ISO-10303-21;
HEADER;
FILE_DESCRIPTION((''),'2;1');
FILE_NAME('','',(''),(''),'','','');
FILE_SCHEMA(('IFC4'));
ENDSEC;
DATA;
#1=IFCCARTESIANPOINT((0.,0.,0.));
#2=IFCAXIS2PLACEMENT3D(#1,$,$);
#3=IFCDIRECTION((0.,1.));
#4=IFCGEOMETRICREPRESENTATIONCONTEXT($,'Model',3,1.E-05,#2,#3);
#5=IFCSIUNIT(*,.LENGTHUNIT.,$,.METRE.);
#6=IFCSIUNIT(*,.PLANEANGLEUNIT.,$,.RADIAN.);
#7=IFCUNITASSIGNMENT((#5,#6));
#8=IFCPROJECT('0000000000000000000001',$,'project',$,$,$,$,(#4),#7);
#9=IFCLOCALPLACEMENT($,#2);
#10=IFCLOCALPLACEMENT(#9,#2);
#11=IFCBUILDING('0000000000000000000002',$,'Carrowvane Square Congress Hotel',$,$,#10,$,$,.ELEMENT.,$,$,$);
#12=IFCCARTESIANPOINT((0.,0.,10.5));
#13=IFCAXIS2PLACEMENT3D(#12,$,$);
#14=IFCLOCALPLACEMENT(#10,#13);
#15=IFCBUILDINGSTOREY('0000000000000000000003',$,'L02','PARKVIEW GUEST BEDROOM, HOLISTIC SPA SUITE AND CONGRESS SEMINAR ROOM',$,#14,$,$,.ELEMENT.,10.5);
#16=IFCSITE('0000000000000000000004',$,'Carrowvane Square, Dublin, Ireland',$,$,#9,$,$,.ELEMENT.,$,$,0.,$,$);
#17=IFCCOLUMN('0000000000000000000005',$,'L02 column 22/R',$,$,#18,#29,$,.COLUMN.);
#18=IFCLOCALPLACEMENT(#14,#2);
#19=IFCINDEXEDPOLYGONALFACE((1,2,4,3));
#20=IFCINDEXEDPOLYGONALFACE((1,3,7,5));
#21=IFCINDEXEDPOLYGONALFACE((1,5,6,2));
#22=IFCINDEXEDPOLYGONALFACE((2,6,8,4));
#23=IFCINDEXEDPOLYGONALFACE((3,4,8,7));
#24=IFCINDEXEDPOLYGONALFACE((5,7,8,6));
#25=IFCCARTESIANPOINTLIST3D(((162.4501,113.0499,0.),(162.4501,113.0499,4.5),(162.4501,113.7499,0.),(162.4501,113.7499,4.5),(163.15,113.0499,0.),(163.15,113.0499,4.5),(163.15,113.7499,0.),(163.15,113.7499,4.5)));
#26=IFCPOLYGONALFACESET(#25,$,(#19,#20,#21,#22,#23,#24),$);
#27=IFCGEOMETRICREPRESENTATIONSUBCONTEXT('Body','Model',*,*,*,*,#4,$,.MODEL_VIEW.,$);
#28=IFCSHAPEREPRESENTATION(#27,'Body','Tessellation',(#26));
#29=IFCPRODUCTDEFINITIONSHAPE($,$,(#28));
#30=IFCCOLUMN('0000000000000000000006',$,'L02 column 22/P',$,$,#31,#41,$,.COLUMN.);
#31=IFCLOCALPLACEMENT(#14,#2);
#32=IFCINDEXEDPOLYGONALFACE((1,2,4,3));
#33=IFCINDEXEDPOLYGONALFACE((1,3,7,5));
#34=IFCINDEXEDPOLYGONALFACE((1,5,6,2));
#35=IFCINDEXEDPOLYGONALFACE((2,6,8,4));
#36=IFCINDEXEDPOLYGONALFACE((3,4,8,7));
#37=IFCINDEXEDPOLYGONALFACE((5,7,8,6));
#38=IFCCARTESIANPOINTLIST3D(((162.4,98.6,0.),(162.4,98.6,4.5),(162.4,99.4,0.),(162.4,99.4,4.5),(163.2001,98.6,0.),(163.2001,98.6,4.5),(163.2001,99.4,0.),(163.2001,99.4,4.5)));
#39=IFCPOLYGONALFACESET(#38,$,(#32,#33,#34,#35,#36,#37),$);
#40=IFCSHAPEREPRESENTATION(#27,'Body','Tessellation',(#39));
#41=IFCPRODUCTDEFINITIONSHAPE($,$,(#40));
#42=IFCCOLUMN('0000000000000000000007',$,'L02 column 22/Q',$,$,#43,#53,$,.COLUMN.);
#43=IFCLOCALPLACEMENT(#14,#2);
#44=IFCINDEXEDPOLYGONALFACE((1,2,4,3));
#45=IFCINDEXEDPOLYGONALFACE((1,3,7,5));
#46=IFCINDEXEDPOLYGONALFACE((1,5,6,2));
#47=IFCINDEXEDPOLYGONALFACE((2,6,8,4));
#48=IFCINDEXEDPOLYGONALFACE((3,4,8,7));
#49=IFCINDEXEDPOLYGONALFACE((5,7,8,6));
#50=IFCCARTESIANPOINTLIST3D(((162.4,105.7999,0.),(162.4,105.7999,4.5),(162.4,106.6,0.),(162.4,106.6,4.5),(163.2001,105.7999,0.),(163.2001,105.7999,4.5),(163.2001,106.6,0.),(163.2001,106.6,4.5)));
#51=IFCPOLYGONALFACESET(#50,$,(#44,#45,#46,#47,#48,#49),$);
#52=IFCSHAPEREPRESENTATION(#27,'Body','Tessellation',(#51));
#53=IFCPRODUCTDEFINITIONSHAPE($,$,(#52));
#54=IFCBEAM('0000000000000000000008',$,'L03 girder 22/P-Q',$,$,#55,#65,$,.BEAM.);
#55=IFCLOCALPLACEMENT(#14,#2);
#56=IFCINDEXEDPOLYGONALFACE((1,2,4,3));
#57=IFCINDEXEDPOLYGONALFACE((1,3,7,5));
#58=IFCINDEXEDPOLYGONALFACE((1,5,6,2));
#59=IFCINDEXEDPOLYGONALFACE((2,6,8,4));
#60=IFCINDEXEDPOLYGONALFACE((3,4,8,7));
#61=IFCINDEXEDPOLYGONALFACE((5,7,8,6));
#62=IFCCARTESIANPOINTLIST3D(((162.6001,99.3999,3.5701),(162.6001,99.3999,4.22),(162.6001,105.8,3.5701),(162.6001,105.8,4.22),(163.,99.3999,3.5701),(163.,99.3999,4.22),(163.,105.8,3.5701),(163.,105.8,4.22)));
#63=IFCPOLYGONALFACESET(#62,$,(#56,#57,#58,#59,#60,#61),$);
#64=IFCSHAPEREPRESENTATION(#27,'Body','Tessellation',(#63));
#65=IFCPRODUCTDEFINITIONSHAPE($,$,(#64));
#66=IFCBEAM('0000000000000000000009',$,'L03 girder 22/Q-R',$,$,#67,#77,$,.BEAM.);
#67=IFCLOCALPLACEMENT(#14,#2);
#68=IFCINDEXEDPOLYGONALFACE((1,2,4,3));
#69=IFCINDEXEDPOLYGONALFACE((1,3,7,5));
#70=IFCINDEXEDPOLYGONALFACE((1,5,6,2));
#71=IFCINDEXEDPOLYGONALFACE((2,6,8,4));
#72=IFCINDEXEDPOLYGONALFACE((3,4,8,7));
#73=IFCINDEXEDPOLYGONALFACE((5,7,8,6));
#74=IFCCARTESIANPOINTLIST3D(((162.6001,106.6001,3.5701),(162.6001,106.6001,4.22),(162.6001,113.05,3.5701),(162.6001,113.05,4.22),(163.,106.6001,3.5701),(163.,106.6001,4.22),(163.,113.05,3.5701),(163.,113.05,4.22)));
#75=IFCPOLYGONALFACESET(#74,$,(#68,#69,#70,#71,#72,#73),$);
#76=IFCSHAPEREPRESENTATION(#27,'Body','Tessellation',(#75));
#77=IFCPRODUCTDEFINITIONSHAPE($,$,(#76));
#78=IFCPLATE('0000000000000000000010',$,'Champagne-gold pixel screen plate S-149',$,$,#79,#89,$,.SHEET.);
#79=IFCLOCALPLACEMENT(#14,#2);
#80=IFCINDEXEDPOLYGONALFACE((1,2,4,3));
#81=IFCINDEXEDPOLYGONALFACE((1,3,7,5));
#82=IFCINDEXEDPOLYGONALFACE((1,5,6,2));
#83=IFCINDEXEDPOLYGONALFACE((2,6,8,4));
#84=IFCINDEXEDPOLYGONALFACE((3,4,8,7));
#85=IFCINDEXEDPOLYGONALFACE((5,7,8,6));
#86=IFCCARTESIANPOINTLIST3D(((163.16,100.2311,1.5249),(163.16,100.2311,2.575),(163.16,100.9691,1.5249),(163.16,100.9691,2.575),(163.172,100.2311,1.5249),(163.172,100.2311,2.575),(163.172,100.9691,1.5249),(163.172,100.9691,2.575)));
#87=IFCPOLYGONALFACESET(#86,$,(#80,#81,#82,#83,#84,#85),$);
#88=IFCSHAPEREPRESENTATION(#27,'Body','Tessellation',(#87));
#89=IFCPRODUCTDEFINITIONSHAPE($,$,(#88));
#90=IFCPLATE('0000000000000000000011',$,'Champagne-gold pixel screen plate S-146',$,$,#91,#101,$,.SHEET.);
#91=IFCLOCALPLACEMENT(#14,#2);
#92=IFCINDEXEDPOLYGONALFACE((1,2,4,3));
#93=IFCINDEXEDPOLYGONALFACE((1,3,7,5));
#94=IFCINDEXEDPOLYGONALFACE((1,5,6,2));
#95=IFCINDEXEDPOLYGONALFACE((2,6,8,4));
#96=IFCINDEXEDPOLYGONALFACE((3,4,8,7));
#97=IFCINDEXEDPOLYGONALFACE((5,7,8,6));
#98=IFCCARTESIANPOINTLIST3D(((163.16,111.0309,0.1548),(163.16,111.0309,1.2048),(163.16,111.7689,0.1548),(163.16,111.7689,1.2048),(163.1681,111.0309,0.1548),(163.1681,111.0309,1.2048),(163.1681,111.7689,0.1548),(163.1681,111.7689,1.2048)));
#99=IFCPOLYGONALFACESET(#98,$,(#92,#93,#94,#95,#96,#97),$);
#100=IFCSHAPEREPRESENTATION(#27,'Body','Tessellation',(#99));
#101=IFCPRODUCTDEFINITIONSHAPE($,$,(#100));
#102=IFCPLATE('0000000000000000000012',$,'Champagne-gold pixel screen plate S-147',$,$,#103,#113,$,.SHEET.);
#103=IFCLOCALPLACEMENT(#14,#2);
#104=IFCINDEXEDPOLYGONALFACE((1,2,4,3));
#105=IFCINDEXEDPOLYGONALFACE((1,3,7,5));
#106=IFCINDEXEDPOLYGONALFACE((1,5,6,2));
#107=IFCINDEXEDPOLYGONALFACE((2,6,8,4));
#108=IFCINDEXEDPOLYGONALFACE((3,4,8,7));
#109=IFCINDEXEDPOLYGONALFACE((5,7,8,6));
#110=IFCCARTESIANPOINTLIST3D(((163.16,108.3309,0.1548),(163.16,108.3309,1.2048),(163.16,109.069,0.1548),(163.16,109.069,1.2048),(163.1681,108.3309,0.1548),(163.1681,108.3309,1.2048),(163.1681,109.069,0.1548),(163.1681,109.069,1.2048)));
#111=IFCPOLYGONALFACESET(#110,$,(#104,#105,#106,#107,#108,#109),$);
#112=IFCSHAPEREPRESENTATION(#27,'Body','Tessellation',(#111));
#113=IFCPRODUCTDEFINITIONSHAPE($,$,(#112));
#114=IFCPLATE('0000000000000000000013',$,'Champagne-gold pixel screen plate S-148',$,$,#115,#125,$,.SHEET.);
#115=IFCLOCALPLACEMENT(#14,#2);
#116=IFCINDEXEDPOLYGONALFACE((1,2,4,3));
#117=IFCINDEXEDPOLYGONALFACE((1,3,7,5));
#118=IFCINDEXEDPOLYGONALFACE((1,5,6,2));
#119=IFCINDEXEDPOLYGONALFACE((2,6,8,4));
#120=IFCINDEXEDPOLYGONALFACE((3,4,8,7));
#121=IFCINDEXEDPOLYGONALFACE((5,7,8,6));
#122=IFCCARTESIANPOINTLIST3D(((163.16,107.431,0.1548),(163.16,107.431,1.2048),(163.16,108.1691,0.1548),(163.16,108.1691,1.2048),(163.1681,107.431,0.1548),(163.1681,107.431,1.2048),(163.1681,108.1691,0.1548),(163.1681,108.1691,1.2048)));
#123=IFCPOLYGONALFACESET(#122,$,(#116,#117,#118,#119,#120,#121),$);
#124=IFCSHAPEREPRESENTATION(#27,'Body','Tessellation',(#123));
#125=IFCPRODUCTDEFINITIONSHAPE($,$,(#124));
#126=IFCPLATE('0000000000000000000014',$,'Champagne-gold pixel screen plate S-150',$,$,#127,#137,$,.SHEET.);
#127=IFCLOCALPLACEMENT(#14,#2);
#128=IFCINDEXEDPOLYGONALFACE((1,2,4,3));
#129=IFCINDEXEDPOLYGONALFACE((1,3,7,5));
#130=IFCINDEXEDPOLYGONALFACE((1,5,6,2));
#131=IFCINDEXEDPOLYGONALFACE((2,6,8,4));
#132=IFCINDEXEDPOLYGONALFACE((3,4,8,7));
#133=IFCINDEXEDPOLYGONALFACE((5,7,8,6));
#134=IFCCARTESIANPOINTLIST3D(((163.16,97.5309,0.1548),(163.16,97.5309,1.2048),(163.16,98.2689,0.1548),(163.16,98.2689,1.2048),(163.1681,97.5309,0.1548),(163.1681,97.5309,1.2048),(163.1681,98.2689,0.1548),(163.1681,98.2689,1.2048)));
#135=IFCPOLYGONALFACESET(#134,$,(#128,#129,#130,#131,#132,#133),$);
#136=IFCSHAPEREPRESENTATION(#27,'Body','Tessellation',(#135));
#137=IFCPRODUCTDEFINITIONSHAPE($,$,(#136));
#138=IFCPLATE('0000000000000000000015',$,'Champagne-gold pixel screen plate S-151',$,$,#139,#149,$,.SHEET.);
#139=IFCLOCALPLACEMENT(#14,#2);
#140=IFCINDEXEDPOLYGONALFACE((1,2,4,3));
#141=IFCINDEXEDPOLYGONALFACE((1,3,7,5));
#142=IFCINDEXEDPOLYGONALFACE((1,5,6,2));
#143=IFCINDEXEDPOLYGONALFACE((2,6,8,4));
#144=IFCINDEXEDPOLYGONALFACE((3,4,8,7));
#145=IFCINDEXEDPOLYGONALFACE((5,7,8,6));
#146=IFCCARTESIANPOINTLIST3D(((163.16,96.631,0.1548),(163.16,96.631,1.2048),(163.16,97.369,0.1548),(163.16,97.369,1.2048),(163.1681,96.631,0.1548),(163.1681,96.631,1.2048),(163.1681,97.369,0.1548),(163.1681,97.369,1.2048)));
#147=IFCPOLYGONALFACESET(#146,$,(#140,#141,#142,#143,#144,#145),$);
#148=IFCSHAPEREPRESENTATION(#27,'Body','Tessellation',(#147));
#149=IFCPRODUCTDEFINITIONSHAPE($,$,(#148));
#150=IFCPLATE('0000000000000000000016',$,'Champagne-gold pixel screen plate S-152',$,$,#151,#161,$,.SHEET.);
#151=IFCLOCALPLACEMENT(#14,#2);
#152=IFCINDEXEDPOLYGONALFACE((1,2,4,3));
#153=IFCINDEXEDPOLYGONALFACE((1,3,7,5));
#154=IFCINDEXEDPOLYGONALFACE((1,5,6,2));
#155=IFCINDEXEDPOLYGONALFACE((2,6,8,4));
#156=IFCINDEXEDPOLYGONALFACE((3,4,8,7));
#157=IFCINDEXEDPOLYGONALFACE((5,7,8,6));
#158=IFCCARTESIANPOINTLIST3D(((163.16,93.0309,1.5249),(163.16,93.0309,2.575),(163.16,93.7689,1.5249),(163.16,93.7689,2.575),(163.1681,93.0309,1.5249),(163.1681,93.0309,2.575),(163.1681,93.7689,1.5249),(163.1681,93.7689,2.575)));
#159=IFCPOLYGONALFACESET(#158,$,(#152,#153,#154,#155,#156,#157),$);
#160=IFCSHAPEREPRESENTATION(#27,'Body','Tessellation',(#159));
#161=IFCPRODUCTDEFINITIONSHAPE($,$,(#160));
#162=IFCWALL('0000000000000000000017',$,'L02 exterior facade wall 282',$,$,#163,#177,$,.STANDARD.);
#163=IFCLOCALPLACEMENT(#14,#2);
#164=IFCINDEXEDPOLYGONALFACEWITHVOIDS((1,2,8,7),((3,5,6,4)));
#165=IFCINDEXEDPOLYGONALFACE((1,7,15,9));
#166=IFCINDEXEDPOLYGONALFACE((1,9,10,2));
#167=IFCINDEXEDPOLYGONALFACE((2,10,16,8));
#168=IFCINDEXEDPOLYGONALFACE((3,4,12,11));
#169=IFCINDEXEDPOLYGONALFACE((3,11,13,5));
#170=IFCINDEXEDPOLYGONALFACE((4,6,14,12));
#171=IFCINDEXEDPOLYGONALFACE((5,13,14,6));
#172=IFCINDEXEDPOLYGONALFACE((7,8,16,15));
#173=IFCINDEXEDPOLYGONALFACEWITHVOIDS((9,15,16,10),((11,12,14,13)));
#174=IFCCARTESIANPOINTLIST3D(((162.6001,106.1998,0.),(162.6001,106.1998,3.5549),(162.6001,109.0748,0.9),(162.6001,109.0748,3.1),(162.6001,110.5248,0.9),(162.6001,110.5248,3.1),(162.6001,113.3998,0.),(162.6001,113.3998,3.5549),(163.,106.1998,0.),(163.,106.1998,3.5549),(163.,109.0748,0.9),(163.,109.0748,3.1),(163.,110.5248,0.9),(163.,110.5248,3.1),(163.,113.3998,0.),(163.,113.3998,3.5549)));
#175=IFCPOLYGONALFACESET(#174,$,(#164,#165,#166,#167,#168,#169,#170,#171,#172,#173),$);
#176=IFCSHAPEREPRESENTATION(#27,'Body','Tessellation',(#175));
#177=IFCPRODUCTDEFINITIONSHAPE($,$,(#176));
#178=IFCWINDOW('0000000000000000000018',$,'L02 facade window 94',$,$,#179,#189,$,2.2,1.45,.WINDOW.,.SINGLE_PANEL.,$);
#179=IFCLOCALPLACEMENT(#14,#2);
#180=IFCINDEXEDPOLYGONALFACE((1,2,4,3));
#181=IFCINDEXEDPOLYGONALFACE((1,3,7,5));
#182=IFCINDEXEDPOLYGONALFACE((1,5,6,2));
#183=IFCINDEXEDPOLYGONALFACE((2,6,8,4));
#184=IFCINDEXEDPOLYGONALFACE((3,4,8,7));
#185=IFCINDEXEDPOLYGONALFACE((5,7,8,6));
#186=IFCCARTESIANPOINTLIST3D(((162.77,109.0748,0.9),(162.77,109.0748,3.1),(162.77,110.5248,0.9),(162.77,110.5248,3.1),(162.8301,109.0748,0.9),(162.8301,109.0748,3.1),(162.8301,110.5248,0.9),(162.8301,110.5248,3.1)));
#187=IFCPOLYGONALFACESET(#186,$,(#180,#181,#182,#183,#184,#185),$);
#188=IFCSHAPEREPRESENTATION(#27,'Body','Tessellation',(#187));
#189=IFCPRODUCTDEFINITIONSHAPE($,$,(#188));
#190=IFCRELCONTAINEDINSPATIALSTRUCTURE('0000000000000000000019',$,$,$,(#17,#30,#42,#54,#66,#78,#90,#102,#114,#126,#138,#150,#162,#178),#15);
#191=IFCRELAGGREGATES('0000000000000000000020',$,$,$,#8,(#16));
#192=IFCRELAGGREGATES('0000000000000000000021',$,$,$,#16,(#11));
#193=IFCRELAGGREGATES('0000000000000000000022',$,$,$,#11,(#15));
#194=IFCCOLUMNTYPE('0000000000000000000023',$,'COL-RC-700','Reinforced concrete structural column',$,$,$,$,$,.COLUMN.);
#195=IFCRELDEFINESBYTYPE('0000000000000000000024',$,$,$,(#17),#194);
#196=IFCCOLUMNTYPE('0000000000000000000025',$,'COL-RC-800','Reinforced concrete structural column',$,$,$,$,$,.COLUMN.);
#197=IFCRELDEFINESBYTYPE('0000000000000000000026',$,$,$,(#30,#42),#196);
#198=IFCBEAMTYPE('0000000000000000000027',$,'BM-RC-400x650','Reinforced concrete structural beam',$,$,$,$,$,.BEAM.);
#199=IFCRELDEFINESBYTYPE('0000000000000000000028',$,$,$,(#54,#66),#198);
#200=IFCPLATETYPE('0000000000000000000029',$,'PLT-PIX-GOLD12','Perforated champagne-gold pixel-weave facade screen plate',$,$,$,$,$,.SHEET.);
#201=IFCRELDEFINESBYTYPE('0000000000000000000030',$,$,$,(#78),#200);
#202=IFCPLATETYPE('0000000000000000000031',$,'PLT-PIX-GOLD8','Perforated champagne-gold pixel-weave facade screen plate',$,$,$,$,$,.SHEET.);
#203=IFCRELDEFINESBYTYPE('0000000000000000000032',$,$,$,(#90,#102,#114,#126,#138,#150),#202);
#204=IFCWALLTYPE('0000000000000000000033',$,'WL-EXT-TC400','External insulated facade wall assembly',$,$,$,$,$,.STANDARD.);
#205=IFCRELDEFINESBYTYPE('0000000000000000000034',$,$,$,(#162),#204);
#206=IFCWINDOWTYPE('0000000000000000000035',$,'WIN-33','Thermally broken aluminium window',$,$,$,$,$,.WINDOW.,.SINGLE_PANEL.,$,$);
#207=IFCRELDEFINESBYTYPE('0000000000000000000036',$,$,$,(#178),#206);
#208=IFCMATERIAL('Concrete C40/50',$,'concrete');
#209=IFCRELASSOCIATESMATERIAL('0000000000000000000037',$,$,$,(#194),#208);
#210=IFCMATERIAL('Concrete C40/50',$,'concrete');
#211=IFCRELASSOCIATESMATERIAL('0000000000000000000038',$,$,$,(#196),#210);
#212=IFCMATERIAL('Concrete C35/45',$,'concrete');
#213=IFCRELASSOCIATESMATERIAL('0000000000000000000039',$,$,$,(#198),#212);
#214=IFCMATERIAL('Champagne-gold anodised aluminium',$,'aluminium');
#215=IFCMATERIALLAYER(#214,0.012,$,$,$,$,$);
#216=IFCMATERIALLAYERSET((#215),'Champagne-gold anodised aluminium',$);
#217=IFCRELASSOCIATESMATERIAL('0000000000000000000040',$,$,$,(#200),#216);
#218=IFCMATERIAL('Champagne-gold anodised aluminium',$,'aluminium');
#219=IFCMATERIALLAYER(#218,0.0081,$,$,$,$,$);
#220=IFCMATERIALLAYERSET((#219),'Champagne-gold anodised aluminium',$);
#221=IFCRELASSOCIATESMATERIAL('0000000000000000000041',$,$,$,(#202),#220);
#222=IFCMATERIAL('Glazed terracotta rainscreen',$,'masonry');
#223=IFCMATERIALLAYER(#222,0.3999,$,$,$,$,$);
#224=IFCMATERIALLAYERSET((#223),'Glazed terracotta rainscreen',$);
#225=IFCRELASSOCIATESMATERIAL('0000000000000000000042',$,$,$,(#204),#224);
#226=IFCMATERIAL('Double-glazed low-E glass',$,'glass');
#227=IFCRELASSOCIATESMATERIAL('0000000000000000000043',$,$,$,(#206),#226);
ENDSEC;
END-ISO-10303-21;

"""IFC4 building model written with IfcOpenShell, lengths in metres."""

from ifc_helpers import new_model, si_unit, direction, frame, frame_2d, origin, origin_2d, place, context, subcontext, project, spatial, rectangle, extrude, material, layer, layer_set, material_profile, profile_set, type_object, element, fill, save


model = new_model("IFC4")

# Units and contexts
model_context = context("Model", 3, precision=1e-05, world=origin(), true_north=direction((0.0, 1.0)))
body_context = subcontext(model_context, "Body", "Model", "MODEL_VIEW")
ifc_project = project(units=[si_unit("LENGTHUNIT", "METRE"), si_unit("PLANEANGLEUNIT", "RADIAN")], contexts=[model_context])

# Site, building, storey
site_placement = place(None, origin())
site = spatial("IfcSite", under=ifc_project, at=site_placement, Name="Carrowvane Square, Dublin, Ireland", CompositionType="ELEMENT", RefElevation=0.0)
building_placement = place(site_placement, origin())
building = spatial("IfcBuilding", under=site, at=building_placement, Name="Carrowvane Square Congress Hotel", CompositionType="ELEMENT")
storey_placement = place(building_placement, frame((0.0, 0.0, 10.5)))
storey = spatial("IfcBuildingStorey", under=building, at=storey_placement, Name="L02", Description="PARKVIEW GUEST BEDROOM, HOLISTIC SPA SUITE AND CONGRESS SEMINAR ROOM", CompositionType="ELEMENT", Elevation=10.5)

# Columns
ifc_material_1 = material(Name="Concrete C40/50", Category="concrete")
ifc_material_profile_1 = material_profile(ifc_material_1, rectangle(XDim=0.7, YDim=0.7, at=origin_2d()), Name="RC 700x700")
ifc_profile_set_1 = profile_set([ifc_material_profile_1], Name="Concrete C40/50")
column_type_1 = type_object("IfcColumnType", Name="COL-RC-700", Description="Reinforced concrete structural column", PredefinedType="COLUMN", material=ifc_profile_set_1)
column_placement = place(storey_placement, frame((162.8, 113.3999, 0.0), z_axis=(0.0, 0.0, 1.0), x_axis=(1.0, 0.0, 0.0)))
element("IfcColumn", 1, at=column_placement, inside=storey, type_object=column_type_1, Name="L02 column 22/R", PredefinedType="COLUMN", context=body_context, shape_type="SweptSolid", body=[
    extrude(rectangle(XDim=0.7, YDim=0.7, at=origin_2d()), origin(), (0.0, 0.0, 1.0), 4.5),
])
ifc_material_2 = material(Name="Concrete C40/50", Category="concrete")
ifc_material_profile_2 = material_profile(ifc_material_2, rectangle(XDim=0.8, YDim=0.8, at=origin_2d()), Name="RC 800x800")
ifc_profile_set_2 = profile_set([ifc_material_profile_2], Name="Concrete C40/50")
column_type_2 = type_object("IfcColumnType", Name="COL-RC-800", Description="Reinforced concrete structural column", PredefinedType="COLUMN", material=ifc_profile_set_2)
for number, where, z_axis, x_axis, name in (
    (2, (162.8, 99.0, 0.0), (0.0, 0.0, 1.0), (1.0, 0.0, 0.0), "L02 column 22/P"),
    (3, (162.8, 106.2, 0.0), (0.0, 0.0, 1.0), (1.0, 0.0, 0.0), "L02 column 22/Q"),
):
    element("IfcColumn", number, at=place(storey_placement, frame(where, z_axis=z_axis, x_axis=x_axis)), inside=storey, type_object=column_type_2, Name=name, PredefinedType="COLUMN", context=body_context, shape_type="SweptSolid", body=[
        extrude(rectangle(XDim=0.8, YDim=0.8, at=origin_2d()), origin(), (0.0, 0.0, 1.0), 4.5),
    ])

# Beams
ifc_material_3 = material(Name="Concrete C35/45", Category="concrete")
ifc_material_profile_3 = material_profile(ifc_material_3, rectangle(XDim=0.3999, YDim=0.6499, at=origin_2d()), Name="RC 400x650")
ifc_profile_set_3 = profile_set([ifc_material_profile_3], Name="Concrete C35/45")
beam_type = type_object("IfcBeamType", Name="BM-RC-400x650", Description="Reinforced concrete structural beam", PredefinedType="BEAM", material=ifc_profile_set_3)
beam_1_placement = place(storey_placement, frame((162.8, 99.3999, 3.895), z_axis=(0.0, 1.0, 0.0), x_axis=(-1.0, 0.0, 0.0)))
element("IfcBeam", 4, at=beam_1_placement, inside=storey, type_object=beam_type, Name="L03 girder 22/P-Q", PredefinedType="BEAM", context=body_context, shape_type="SweptSolid", body=[
    extrude(rectangle(XDim=0.3999, YDim=0.6499, at=origin_2d()), origin(), (0.0, 0.0, 1.0), 6.4001),
])
beam_2_placement = place(storey_placement, frame((162.8, 106.6001, 3.895), z_axis=(0.0, 1.0, 0.0), x_axis=(-1.0, 0.0, 0.0)))
element("IfcBeam", 5, at=beam_2_placement, inside=storey, type_object=beam_type, Name="L03 girder 22/Q-R", PredefinedType="BEAM", context=body_context, shape_type="SweptSolid", body=[
    extrude(rectangle(XDim=0.3999, YDim=0.6499, at=origin_2d()), origin(), (0.0, 0.0, 1.0), 6.45),
])

# Plates
ifc_material_4 = material(Name="Champagne-gold anodised aluminium", Category="aluminium")
ifc_layer_1 = layer(ifc_material_4, 0.012)
ifc_layer_set_1 = layer_set([ifc_layer_1], Name="Champagne-gold anodised aluminium")
plate_type_1 = type_object("IfcPlateType", Name="PLT-PIX-GOLD12", Description="Perforated champagne-gold pixel-weave facade screen plate", PredefinedType="SHEET", material=ifc_layer_set_1)
plate_placement = place(storey_placement, frame((163.166, 100.6001, 1.5249), z_axis=(0.0, 0.0, 1.0), x_axis=(0.0, -1.0, 0.0)))
element("IfcPlate", 6, at=plate_placement, inside=storey, type_object=plate_type_1, Name="Champagne-gold pixel screen plate S-149", PredefinedType="SHEET", context=body_context, shape_type="SweptSolid", body=[
    extrude(rectangle(XDim=0.738, YDim=0.012, at=origin_2d()), origin(), (0.0, 0.0, 1.0), 1.05),
])
ifc_material_5 = material(Name="Champagne-gold anodised aluminium", Category="aluminium")
ifc_layer_2 = layer(ifc_material_5, 0.0081)
ifc_layer_set_2 = layer_set([ifc_layer_2], Name="Champagne-gold anodised aluminium")
plate_type_2 = type_object("IfcPlateType", Name="PLT-PIX-GOLD8", Description="Perforated champagne-gold pixel-weave facade screen plate", PredefinedType="SHEET", material=ifc_layer_set_2)
for number, where, z_axis, x_axis, name in (
    (7, (163.1641, 111.3999, 0.1548), (0.0, 0.0, 1.0), (0.0, -1.0, 0.0), "Champagne-gold pixel screen plate S-146"),
    (8, (163.1641, 108.7, 0.1548), (0.0, 0.0, 1.0), (0.0, -1.0, 0.0), "Champagne-gold pixel screen plate S-147"),
    (9, (163.1641, 107.8, 0.1548), (0.0, 0.0, 1.0), (0.0, -1.0, 0.0), "Champagne-gold pixel screen plate S-148"),
    (10, (163.1641, 97.8999, 0.1548), (0.0, 0.0, 1.0), (0.0, -1.0, 0.0), "Champagne-gold pixel screen plate S-150"),
    (11, (163.1641, 97.0, 0.1548), (0.0, 0.0, 1.0), (0.0, -1.0, 0.0), "Champagne-gold pixel screen plate S-151"),
    (12, (163.1641, 93.3999, 1.5249), (0.0, 0.0, 1.0), (0.0, -1.0, 0.0), "Champagne-gold pixel screen plate S-152"),
):
    element("IfcPlate", number, at=place(storey_placement, frame(where, z_axis=z_axis, x_axis=x_axis)), inside=storey, type_object=plate_type_2, Name=name, PredefinedType="SHEET", context=body_context, shape_type="SweptSolid", body=[
        extrude(rectangle(XDim=0.738, YDim=0.0081, at=origin_2d()), origin(), (0.0, 0.0, 1.0), 1.05),
    ])

# Wall, opening, window
ifc_material_6 = material(Name="Glazed terracotta rainscreen", Category="masonry")
ifc_layer_3 = layer(ifc_material_6, 0.3999)
ifc_layer_set_3 = layer_set([ifc_layer_3], Name="Glazed terracotta rainscreen")
wall_type = type_object("IfcWallType", Name="WL-EXT-TC400", Description="External insulated facade wall assembly", PredefinedType="STANDARD", material=ifc_layer_set_3)
wall_1_placement = place(storey_placement, frame((162.8, 113.3999, 0.0), z_axis=(0.0, 0.0, 1.0), x_axis=(0.0, -1.0, 0.0)))
wall_1 = element("IfcWall", 13, at=wall_1_placement, inside=storey, type_object=wall_type, Name="L02 exterior facade wall 282", PredefinedType="STANDARD", context=body_context, shape_type="SweptSolid", body=[
    extrude(rectangle(XDim=7.2, YDim=0.3999, at=frame_2d((3.6001, 0.0))), origin(), (0.0, 0.0, 1.0), 3.5549),
])
opening_1_placement = place(wall_1_placement, frame((2.875, 0.0, 0.8999)))
opening_1 = element("IfcOpeningElement", 14, at=opening_1_placement, cuts=wall_1, PredefinedType="OPENING", context=body_context, shape_type="SweptSolid", body=[
    extrude(rectangle(XDim=1.45, YDim=2.2, at=frame_2d((0.7251, 1.1001))), frame((0.0, 0.21, 0.0), z_axis=(0.0, -1.0, 0.0), x_axis=(1.0, 0.0, 0.0)), (0.0, 0.0, 1.0), 0.4199),
])
ifc_material_7 = material(Name="Double-glazed low-E glass", Category="glass")
window_type_1 = type_object("IfcWindowType", Name="WIN-33", Description="Thermally broken aluminium window", PartitioningType="SINGLE_PANEL", PredefinedType="WINDOW", material=ifc_material_7)
window_1_placement = place(opening_1_placement, origin())
window_1 = element("IfcWindow", 15, at=window_1_placement, inside=storey, type_object=window_type_1, Name="L02 facade window 94", OverallHeight=2.2, OverallWidth=1.45, PartitioningType="SINGLE_PANEL", PredefinedType="WINDOW", context=body_context, shape_type="SweptSolid", body=[
    extrude(rectangle(XDim=1.45, YDim=2.2, at=frame_2d((0.7251, 1.1001))), frame((0.0, 0.03, 0.0), z_axis=(0.0, -1.0, 0.0), x_axis=(1.0, 0.0, 0.0)), (0.0, 0.0, 1.0), 0.0601),
])
fill(opening_1, window_1)

save(model, "model.ifc")
